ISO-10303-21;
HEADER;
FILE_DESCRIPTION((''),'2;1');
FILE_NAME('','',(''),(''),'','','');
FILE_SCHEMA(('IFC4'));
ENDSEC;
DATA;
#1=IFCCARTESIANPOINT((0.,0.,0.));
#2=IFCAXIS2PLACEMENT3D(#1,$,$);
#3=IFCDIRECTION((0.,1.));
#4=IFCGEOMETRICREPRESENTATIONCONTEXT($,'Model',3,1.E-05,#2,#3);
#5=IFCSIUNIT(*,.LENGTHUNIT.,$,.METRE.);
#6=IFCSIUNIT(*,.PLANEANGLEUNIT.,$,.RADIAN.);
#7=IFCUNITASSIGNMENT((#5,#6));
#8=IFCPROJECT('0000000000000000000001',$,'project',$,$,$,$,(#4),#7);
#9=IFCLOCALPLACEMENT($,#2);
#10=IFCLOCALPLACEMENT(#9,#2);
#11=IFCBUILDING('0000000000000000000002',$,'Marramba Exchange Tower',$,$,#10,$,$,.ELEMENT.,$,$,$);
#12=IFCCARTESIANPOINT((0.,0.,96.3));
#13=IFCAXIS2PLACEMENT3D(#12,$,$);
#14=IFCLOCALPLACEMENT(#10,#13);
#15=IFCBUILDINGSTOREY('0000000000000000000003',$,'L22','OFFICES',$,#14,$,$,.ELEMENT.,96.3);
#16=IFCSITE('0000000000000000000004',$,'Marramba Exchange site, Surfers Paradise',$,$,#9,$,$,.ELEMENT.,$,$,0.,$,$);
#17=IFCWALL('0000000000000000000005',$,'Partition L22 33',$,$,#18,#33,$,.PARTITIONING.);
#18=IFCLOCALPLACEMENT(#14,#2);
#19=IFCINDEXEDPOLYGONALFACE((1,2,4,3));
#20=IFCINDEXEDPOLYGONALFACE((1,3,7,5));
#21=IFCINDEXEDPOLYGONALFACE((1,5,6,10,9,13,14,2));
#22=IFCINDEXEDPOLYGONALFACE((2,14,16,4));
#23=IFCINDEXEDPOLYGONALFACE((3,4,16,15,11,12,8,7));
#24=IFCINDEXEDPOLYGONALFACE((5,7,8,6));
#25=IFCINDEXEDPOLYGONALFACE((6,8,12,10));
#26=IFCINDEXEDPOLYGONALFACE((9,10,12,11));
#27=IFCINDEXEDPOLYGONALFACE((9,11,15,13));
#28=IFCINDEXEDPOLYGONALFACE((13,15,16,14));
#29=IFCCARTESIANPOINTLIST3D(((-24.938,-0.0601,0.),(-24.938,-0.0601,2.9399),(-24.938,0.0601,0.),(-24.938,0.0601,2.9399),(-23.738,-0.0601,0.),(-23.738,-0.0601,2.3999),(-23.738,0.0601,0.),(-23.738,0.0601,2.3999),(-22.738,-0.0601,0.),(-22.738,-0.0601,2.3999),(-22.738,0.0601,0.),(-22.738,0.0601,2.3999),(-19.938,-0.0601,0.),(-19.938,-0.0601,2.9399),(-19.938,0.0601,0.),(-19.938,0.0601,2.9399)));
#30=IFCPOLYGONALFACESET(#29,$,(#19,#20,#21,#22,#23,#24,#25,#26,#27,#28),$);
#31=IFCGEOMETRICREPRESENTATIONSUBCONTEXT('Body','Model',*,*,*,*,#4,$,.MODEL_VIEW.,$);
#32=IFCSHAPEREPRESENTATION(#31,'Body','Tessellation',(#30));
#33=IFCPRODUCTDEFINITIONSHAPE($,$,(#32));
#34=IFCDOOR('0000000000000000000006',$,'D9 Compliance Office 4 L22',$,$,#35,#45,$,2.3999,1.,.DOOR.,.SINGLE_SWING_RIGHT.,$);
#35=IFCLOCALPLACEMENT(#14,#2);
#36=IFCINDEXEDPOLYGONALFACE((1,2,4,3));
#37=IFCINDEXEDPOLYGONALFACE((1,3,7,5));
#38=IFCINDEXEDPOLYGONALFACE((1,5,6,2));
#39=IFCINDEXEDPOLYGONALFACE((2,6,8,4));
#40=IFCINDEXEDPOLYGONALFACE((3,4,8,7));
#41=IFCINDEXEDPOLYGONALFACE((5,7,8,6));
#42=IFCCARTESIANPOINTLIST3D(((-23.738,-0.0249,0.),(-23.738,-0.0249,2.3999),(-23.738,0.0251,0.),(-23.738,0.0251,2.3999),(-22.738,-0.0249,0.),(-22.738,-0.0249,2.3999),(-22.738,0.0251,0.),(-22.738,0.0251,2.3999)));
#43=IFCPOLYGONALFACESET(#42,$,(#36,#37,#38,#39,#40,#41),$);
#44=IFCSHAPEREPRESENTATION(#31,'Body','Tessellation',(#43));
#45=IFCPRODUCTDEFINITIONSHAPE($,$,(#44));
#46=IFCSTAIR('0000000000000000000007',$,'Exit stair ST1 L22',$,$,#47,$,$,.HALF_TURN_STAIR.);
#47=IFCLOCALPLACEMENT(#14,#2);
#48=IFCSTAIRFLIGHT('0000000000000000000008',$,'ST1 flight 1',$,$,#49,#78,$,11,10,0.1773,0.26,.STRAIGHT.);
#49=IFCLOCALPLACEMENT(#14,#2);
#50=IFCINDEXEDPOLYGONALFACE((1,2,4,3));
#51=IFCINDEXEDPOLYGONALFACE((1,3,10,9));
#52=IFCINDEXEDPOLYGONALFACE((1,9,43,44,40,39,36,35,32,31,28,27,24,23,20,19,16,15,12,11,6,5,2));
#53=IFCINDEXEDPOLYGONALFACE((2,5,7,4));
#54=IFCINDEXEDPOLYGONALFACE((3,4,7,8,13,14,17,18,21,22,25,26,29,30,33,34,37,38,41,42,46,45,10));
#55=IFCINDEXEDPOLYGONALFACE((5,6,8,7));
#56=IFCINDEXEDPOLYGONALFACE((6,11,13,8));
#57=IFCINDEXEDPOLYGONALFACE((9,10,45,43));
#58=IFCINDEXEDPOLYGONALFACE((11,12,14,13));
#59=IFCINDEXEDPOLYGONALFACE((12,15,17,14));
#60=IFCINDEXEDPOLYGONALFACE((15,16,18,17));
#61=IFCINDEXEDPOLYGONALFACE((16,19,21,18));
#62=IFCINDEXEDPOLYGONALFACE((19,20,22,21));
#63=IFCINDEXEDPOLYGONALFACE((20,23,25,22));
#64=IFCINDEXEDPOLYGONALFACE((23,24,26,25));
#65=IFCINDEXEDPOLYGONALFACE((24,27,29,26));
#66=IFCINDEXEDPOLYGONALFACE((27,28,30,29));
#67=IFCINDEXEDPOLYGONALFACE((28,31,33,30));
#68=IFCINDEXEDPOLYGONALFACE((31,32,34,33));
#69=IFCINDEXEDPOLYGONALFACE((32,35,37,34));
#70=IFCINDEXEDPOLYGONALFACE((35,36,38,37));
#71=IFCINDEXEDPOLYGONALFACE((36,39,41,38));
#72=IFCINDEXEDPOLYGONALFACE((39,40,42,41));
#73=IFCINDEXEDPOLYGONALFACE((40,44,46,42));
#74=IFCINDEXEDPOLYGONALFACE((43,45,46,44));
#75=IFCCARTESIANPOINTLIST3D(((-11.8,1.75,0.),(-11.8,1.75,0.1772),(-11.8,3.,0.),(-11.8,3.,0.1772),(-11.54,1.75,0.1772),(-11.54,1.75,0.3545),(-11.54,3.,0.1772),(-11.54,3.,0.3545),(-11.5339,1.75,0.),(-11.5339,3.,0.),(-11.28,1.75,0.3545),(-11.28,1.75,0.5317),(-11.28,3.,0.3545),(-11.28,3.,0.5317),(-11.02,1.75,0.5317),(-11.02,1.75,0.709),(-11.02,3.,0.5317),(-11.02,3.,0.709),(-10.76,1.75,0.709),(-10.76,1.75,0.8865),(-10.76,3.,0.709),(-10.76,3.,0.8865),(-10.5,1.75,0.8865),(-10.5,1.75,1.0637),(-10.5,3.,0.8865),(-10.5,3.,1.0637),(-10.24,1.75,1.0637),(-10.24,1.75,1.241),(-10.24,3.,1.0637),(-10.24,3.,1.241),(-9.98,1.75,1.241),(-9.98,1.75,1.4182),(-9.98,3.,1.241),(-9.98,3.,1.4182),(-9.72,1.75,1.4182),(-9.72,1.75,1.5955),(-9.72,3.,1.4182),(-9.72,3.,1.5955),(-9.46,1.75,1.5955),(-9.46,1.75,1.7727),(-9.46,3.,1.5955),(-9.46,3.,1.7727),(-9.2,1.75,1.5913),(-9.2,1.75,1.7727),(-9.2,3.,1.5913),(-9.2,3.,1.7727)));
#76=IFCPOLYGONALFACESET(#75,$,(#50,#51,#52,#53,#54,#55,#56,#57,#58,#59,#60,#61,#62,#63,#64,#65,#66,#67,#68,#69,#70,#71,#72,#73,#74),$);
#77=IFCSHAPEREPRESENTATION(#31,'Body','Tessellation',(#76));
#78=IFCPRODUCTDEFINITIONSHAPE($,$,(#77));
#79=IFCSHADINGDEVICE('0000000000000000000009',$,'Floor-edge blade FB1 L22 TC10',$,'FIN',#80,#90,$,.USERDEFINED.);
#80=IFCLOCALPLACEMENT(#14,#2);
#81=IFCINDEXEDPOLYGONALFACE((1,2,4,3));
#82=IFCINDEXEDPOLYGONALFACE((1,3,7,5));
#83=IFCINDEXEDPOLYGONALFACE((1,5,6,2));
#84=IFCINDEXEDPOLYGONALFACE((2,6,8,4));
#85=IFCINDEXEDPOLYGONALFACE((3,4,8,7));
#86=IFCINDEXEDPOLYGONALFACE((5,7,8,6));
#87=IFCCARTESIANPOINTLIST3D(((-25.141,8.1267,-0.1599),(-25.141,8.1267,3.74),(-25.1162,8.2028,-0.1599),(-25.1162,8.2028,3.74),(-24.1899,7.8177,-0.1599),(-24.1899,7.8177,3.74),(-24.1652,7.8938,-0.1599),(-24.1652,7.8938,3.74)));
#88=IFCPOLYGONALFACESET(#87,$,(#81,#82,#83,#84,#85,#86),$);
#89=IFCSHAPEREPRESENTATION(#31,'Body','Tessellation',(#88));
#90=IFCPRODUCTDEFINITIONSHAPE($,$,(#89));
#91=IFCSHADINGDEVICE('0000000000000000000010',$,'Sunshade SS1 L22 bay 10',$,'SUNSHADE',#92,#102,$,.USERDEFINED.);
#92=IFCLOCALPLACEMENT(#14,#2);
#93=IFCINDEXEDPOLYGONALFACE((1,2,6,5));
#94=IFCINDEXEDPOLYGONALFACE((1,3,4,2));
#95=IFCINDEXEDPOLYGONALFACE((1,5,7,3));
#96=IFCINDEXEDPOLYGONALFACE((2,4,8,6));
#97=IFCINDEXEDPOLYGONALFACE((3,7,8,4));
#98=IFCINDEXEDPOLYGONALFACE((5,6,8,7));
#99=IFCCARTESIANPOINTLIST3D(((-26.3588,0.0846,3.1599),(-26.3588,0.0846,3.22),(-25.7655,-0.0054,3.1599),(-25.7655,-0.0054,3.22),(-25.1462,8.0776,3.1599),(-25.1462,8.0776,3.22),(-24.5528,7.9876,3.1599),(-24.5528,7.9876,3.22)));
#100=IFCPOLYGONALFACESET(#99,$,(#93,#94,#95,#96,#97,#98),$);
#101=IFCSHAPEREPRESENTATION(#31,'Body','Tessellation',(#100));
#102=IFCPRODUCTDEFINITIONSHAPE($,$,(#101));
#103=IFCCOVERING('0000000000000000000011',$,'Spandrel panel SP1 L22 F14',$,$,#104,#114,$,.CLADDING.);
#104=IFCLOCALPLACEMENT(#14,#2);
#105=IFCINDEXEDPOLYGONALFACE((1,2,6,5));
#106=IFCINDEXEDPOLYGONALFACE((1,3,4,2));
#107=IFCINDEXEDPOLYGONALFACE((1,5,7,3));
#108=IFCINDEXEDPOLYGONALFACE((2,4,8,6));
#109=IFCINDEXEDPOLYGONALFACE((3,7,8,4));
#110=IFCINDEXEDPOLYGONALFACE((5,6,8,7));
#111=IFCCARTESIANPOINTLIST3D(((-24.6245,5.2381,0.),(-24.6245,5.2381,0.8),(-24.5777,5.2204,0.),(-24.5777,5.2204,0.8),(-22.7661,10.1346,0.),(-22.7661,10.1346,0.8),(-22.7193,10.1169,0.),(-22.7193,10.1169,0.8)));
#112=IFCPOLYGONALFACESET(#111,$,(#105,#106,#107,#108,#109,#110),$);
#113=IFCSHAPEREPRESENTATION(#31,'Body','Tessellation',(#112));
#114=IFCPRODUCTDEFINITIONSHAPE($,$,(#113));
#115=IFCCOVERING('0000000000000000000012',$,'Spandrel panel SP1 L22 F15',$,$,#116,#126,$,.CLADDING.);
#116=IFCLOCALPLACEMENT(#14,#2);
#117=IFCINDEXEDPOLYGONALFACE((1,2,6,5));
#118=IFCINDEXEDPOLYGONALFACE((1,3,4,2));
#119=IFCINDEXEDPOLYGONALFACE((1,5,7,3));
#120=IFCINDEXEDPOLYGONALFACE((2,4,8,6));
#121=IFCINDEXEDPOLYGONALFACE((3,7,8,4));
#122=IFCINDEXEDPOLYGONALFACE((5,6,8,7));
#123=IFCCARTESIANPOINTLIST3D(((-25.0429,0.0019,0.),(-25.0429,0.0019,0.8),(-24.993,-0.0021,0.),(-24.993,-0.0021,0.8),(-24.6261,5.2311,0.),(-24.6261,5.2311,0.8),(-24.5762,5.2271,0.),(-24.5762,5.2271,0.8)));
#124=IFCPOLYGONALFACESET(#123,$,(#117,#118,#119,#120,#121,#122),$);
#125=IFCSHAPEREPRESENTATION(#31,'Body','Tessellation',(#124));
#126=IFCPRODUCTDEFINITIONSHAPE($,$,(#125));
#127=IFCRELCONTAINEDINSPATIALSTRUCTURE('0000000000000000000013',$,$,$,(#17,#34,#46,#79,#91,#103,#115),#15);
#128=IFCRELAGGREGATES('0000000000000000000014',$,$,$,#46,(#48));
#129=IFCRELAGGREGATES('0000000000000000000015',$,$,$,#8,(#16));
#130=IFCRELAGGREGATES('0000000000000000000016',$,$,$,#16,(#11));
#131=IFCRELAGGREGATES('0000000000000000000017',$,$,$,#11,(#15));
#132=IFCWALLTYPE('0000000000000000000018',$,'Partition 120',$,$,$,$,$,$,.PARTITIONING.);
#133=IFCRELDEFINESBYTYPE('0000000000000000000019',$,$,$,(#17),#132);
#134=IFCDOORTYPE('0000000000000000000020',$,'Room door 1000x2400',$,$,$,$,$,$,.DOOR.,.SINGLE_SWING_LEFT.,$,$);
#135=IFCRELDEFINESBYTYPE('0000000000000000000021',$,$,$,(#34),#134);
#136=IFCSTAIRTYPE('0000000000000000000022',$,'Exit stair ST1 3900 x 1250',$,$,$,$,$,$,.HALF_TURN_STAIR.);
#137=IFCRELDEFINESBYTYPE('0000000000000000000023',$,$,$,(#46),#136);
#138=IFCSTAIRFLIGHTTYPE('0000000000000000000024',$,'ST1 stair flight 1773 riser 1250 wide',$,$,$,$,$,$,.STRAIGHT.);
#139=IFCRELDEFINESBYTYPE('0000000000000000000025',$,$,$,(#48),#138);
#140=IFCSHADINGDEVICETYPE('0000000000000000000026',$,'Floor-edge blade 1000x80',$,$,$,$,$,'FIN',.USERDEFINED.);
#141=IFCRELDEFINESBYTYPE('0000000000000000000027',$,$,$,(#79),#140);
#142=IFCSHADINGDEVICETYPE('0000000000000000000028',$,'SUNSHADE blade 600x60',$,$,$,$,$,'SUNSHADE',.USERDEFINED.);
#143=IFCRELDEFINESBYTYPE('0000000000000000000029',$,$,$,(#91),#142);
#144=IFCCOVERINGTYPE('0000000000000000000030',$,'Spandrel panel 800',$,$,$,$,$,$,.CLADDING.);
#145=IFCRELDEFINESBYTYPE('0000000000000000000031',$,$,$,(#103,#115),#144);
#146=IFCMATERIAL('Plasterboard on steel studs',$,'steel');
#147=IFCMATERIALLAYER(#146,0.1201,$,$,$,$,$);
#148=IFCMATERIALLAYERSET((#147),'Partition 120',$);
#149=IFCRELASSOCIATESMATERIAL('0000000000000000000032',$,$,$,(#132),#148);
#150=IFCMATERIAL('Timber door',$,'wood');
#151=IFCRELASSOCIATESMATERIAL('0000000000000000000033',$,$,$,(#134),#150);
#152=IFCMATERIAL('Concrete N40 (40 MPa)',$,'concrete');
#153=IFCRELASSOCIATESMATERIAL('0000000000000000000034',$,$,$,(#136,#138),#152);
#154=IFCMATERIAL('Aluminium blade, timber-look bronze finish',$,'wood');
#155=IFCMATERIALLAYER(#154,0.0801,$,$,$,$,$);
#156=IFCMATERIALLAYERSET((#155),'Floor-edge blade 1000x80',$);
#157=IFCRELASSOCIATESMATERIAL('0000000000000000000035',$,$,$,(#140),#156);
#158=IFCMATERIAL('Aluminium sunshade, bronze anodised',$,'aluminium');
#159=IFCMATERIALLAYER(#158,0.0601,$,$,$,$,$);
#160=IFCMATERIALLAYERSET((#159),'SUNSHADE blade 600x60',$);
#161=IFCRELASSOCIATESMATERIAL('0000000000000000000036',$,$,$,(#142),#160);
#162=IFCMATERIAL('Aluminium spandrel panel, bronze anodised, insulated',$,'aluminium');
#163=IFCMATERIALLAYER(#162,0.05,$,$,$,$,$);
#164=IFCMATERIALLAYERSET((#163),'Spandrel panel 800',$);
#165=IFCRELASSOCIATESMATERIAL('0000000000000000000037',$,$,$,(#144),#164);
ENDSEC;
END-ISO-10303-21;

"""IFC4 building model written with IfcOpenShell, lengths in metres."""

from ifc_helpers import new_model, si_unit, direction, frame, frame_2d, origin, origin_2d, place, context, subcontext, project, spatial, polyline, rectangle, outline, extrude, material, layer, layer_set, type_object, element, fill, aggregate, save


model = new_model("IFC4")

# Units and contexts
model_context = context("Model", 3, precision=1e-05, world=origin(), true_north=direction((0.0, 1.0)))
body_context = subcontext(model_context, "Body", "Model", "MODEL_VIEW")
ifc_project = project(units=[si_unit("LENGTHUNIT", "METRE"), si_unit("PLANEANGLEUNIT", "RADIAN")], contexts=[model_context])

# Site, building, storey
site_placement = place(None, origin())
site = spatial("IfcSite", under=ifc_project, at=site_placement, Name="Marramba Exchange site, Surfers Paradise", CompositionType="ELEMENT", RefElevation=0.0)
building_placement = place(site_placement, origin())
building = spatial("IfcBuilding", under=site, at=building_placement, Name="Marramba Exchange Tower", CompositionType="ELEMENT")
storey_placement = place(building_placement, frame((0.0, 0.0, 96.3)))
storey = spatial("IfcBuildingStorey", under=building, at=storey_placement, Name="L22", Description="OFFICES", CompositionType="ELEMENT", Elevation=96.3)

# Wall, opening, door
ifc_material_1 = material(Name="Plasterboard on steel studs", Category="steel")
ifc_layer_1 = layer(ifc_material_1, 0.1201)
ifc_layer_set_1 = layer_set([ifc_layer_1], Name="Partition 120")
wall_type_1 = type_object("IfcWallType", Name="Partition 120", PredefinedType="PARTITIONING", material=ifc_layer_set_1)
wall_1_placement = place(storey_placement, frame((-19.938, 0.0, 0.0), z_axis=(0.0, 0.0, 1.0), x_axis=(-1.0, 0.0, 0.0)))
wall_1 = element("IfcWall", 1, at=wall_1_placement, inside=storey, type_object=wall_type_1, Name="Partition L22 33", PredefinedType="PARTITIONING", context=body_context, shape_type="SweptSolid", body=[
    extrude(rectangle(XDim=5.0, YDim=0.1201, at=frame_2d((2.5, 0.0))), origin(), (0.0, 0.0, 1.0), 2.9399),
])
opening_1_placement = place(wall_1_placement, frame((2.8, 0.0, 0.0)))
opening_1 = element("IfcOpeningElement", 2, at=opening_1_placement, cuts=wall_1, PredefinedType="OPENING", context=body_context, shape_type="SweptSolid", body=[
    extrude(rectangle(XDim=1.0, YDim=2.3999, at=frame_2d((0.5, 1.2))), frame((0.0, 0.0701, 0.0), z_axis=(0.0, -1.0, 0.0), x_axis=(1.0, 0.0, 0.0)), (0.0, 0.0, 1.0), 0.1401),
])
ifc_material_2 = material(Name="Timber door", Category="wood")
door_type_1 = type_object("IfcDoorType", Name="Room door 1000x2400", OperationType="SINGLE_SWING_LEFT", PredefinedType="DOOR", material=ifc_material_2)
door_1_placement = place(opening_1_placement, origin())
door_1 = element("IfcDoor", 3, at=door_1_placement, inside=storey, type_object=door_type_1, Name="D9 Compliance Office 4 L22", OperationType="SINGLE_SWING_RIGHT", OverallHeight=2.3999, OverallWidth=1.0, PredefinedType="DOOR", context=body_context, shape_type="SweptSolid", body=[
    extrude(rectangle(XDim=1.0, YDim=2.3999, at=frame_2d((0.5, 1.2))), frame((0.0, 0.0249, 0.0), z_axis=(0.0, -1.0, 0.0), x_axis=(1.0, 0.0, 0.0)), (0.0, 0.0, 1.0), 0.05),
])
fill(opening_1, door_1)

# Stair, stair flight
ifc_material_3 = material(Name="Concrete N40 (40 MPa)", Category="concrete")
stair_type = type_object("IfcStairType", Name="Exit stair ST1 3900 x 1250", PredefinedType="HALF_TURN_STAIR", material=ifc_material_3)
stair_placement = place(storey_placement, origin())
stair = element("IfcStair", 4, at=stair_placement, inside=storey, type_object=stair_type, Name="Exit stair ST1 L22", PredefinedType="HALF_TURN_STAIR")
stair_flight_type = type_object("IfcStairFlightType", Name="ST1 stair flight 1773 riser 1250 wide", PredefinedType="STRAIGHT", material=ifc_material_3)
stair_flight_placement = place(storey_placement, frame((-11.8, 2.375, 0.0), z_axis=(0.0, 0.0, 1.0), x_axis=(1.0, 0.0, 0.0)))
stair_flight = element("IfcStairFlight", 5, at=stair_flight_placement, type_object=stair_flight_type, Name="ST1 flight 1", NumberOfRisers=11, NumberOfTreads=10, PredefinedType="STRAIGHT", RiserHeight=0.1773, TreadLength=0.26, context=body_context, shape_type="SweptSolid", body=[
    extrude(outline(polyline([(0.0, 0.0), (0.0, 0.1772), (0.26, 0.1772), (0.26, 0.3545), (0.52, 0.3545), (0.52, 0.5317), (0.78, 0.5317), (0.78, 0.709), (1.04, 0.709), (1.04, 0.8865), (1.3, 0.8865), (1.3, 1.0637), (1.5601, 1.0637), (1.5601, 1.241), (1.8201, 1.241), (1.8201, 1.4182), (2.0801, 1.4182), (2.0801, 1.5955), (2.3401, 1.5955), (2.3401, 1.7727), (2.6001, 1.7727), (2.6001, 1.95), (2.6001, 1.5913), (0.2661, 0.0), (0.0, 0.0)])), frame((0.0, 0.625, 0.0), z_axis=(0.0, -1.0, 0.0), x_axis=(1.0, 0.0, 0.0)), (0.0, 0.0, 1.0), 1.25),
])
aggregate(stair, [stair_flight])

# Shading devices
ifc_material_4 = material(Name="Aluminium blade, timber-look bronze finish", Category="wood")
ifc_layer_2 = layer(ifc_material_4, 0.0801)
ifc_layer_set_2 = layer_set([ifc_layer_2], Name="Floor-edge blade 1000x80")
shading_device_type_1 = type_object("IfcShadingDeviceType", Name="Floor-edge blade 1000x80", ElementType="FIN", PredefinedType="USERDEFINED", material=ifc_layer_set_2)
shading_device_1_placement = place(storey_placement, frame((-24.6531, 8.0103, -0.1599), z_axis=(0.0, 0.0, 1.0), x_axis=(-0.951057, 0.309017, 0.0)))
element("IfcShadingDevice", 6, at=shading_device_1_placement, inside=storey, type_object=shading_device_type_1, Name="Floor-edge blade FB1 L22 TC10", ObjectType="FIN", PredefinedType="USERDEFINED", context=body_context, shape_type="SweptSolid", body=[
    extrude(rectangle(XDim=1.0, YDim=0.0801, at=origin_2d()), origin(), (0.0, 0.0, 1.0), 3.8999),
])
ifc_material_5 = material(Name="Aluminium sunshade, bronze anodised", Category="aluminium")
ifc_layer_3 = layer(ifc_material_5, 0.0601)
ifc_layer_set_3 = layer_set([ifc_layer_3], Name="SUNSHADE blade 600x60")
shading_device_type_2 = type_object("IfcShadingDeviceType", Name="SUNSHADE blade 600x60", ElementType="SUNSHADE", PredefinedType="USERDEFINED", material=ifc_layer_set_3)
shading_device_2_placement = place(storey_placement, frame((-25.4558, 4.0361, 3.1599), z_axis=(0.0, 0.0, 1.0), x_axis=(-0.149993, -0.988687, 0.0)))
element("IfcShadingDevice", 7, at=shading_device_2_placement, inside=storey, type_object=shading_device_type_2, Name="Sunshade SS1 L22 bay 10", ObjectType="SUNSHADE", PredefinedType="USERDEFINED", context=body_context, shape_type="SweptSolid", body=[
    extrude(rectangle(XDim=8.0845, YDim=0.6001, at=origin_2d()), origin(), (0.0, 0.0, 1.0), 0.0601),
])

# Coverings
ifc_material_6 = material(Name="Aluminium spandrel panel, bronze anodised, insulated", Category="aluminium")
ifc_layer_4 = layer(ifc_material_6, 0.05)
ifc_layer_set_4 = layer_set([ifc_layer_4], Name="Spandrel panel 800")
covering_type = type_object("IfcCoveringType", Name="Spandrel panel 800", PredefinedType="CLADDING", material=ifc_layer_set_4)
covering_1_placement = place(storey_placement, frame((-23.6719, 7.6775, 0.0), z_axis=(0.0, 0.0, 1.0), x_axis=(-0.354844, -0.934925, 0.0)))
element("IfcCovering", 8, at=covering_1_placement, inside=storey, type_object=covering_type, Name="Spandrel panel SP1 L22 F14", PredefinedType="CLADDING", context=body_context, shape_type="SweptSolid", body=[
    extrude(rectangle(XDim=5.2373, YDim=0.05, at=origin_2d()), origin(), (0.0, 0.0, 1.0), 0.8),
])
covering_2_placement = place(storey_placement, frame((-24.8096, 2.6145, 0.0), z_axis=(0.0, 0.0, 1.0), x_axis=(-0.07946, -0.996838, 0.0)))
element("IfcCovering", 9, at=covering_2_placement, inside=storey, type_object=covering_type, Name="Spandrel panel SP1 L22 F15", PredefinedType="CLADDING", context=body_context, shape_type="SweptSolid", body=[
    extrude(rectangle(XDim=5.2458, YDim=0.05, at=origin_2d()), origin(), (0.0, 0.0, 1.0), 0.8),
])

save(model, "model.ifc")
